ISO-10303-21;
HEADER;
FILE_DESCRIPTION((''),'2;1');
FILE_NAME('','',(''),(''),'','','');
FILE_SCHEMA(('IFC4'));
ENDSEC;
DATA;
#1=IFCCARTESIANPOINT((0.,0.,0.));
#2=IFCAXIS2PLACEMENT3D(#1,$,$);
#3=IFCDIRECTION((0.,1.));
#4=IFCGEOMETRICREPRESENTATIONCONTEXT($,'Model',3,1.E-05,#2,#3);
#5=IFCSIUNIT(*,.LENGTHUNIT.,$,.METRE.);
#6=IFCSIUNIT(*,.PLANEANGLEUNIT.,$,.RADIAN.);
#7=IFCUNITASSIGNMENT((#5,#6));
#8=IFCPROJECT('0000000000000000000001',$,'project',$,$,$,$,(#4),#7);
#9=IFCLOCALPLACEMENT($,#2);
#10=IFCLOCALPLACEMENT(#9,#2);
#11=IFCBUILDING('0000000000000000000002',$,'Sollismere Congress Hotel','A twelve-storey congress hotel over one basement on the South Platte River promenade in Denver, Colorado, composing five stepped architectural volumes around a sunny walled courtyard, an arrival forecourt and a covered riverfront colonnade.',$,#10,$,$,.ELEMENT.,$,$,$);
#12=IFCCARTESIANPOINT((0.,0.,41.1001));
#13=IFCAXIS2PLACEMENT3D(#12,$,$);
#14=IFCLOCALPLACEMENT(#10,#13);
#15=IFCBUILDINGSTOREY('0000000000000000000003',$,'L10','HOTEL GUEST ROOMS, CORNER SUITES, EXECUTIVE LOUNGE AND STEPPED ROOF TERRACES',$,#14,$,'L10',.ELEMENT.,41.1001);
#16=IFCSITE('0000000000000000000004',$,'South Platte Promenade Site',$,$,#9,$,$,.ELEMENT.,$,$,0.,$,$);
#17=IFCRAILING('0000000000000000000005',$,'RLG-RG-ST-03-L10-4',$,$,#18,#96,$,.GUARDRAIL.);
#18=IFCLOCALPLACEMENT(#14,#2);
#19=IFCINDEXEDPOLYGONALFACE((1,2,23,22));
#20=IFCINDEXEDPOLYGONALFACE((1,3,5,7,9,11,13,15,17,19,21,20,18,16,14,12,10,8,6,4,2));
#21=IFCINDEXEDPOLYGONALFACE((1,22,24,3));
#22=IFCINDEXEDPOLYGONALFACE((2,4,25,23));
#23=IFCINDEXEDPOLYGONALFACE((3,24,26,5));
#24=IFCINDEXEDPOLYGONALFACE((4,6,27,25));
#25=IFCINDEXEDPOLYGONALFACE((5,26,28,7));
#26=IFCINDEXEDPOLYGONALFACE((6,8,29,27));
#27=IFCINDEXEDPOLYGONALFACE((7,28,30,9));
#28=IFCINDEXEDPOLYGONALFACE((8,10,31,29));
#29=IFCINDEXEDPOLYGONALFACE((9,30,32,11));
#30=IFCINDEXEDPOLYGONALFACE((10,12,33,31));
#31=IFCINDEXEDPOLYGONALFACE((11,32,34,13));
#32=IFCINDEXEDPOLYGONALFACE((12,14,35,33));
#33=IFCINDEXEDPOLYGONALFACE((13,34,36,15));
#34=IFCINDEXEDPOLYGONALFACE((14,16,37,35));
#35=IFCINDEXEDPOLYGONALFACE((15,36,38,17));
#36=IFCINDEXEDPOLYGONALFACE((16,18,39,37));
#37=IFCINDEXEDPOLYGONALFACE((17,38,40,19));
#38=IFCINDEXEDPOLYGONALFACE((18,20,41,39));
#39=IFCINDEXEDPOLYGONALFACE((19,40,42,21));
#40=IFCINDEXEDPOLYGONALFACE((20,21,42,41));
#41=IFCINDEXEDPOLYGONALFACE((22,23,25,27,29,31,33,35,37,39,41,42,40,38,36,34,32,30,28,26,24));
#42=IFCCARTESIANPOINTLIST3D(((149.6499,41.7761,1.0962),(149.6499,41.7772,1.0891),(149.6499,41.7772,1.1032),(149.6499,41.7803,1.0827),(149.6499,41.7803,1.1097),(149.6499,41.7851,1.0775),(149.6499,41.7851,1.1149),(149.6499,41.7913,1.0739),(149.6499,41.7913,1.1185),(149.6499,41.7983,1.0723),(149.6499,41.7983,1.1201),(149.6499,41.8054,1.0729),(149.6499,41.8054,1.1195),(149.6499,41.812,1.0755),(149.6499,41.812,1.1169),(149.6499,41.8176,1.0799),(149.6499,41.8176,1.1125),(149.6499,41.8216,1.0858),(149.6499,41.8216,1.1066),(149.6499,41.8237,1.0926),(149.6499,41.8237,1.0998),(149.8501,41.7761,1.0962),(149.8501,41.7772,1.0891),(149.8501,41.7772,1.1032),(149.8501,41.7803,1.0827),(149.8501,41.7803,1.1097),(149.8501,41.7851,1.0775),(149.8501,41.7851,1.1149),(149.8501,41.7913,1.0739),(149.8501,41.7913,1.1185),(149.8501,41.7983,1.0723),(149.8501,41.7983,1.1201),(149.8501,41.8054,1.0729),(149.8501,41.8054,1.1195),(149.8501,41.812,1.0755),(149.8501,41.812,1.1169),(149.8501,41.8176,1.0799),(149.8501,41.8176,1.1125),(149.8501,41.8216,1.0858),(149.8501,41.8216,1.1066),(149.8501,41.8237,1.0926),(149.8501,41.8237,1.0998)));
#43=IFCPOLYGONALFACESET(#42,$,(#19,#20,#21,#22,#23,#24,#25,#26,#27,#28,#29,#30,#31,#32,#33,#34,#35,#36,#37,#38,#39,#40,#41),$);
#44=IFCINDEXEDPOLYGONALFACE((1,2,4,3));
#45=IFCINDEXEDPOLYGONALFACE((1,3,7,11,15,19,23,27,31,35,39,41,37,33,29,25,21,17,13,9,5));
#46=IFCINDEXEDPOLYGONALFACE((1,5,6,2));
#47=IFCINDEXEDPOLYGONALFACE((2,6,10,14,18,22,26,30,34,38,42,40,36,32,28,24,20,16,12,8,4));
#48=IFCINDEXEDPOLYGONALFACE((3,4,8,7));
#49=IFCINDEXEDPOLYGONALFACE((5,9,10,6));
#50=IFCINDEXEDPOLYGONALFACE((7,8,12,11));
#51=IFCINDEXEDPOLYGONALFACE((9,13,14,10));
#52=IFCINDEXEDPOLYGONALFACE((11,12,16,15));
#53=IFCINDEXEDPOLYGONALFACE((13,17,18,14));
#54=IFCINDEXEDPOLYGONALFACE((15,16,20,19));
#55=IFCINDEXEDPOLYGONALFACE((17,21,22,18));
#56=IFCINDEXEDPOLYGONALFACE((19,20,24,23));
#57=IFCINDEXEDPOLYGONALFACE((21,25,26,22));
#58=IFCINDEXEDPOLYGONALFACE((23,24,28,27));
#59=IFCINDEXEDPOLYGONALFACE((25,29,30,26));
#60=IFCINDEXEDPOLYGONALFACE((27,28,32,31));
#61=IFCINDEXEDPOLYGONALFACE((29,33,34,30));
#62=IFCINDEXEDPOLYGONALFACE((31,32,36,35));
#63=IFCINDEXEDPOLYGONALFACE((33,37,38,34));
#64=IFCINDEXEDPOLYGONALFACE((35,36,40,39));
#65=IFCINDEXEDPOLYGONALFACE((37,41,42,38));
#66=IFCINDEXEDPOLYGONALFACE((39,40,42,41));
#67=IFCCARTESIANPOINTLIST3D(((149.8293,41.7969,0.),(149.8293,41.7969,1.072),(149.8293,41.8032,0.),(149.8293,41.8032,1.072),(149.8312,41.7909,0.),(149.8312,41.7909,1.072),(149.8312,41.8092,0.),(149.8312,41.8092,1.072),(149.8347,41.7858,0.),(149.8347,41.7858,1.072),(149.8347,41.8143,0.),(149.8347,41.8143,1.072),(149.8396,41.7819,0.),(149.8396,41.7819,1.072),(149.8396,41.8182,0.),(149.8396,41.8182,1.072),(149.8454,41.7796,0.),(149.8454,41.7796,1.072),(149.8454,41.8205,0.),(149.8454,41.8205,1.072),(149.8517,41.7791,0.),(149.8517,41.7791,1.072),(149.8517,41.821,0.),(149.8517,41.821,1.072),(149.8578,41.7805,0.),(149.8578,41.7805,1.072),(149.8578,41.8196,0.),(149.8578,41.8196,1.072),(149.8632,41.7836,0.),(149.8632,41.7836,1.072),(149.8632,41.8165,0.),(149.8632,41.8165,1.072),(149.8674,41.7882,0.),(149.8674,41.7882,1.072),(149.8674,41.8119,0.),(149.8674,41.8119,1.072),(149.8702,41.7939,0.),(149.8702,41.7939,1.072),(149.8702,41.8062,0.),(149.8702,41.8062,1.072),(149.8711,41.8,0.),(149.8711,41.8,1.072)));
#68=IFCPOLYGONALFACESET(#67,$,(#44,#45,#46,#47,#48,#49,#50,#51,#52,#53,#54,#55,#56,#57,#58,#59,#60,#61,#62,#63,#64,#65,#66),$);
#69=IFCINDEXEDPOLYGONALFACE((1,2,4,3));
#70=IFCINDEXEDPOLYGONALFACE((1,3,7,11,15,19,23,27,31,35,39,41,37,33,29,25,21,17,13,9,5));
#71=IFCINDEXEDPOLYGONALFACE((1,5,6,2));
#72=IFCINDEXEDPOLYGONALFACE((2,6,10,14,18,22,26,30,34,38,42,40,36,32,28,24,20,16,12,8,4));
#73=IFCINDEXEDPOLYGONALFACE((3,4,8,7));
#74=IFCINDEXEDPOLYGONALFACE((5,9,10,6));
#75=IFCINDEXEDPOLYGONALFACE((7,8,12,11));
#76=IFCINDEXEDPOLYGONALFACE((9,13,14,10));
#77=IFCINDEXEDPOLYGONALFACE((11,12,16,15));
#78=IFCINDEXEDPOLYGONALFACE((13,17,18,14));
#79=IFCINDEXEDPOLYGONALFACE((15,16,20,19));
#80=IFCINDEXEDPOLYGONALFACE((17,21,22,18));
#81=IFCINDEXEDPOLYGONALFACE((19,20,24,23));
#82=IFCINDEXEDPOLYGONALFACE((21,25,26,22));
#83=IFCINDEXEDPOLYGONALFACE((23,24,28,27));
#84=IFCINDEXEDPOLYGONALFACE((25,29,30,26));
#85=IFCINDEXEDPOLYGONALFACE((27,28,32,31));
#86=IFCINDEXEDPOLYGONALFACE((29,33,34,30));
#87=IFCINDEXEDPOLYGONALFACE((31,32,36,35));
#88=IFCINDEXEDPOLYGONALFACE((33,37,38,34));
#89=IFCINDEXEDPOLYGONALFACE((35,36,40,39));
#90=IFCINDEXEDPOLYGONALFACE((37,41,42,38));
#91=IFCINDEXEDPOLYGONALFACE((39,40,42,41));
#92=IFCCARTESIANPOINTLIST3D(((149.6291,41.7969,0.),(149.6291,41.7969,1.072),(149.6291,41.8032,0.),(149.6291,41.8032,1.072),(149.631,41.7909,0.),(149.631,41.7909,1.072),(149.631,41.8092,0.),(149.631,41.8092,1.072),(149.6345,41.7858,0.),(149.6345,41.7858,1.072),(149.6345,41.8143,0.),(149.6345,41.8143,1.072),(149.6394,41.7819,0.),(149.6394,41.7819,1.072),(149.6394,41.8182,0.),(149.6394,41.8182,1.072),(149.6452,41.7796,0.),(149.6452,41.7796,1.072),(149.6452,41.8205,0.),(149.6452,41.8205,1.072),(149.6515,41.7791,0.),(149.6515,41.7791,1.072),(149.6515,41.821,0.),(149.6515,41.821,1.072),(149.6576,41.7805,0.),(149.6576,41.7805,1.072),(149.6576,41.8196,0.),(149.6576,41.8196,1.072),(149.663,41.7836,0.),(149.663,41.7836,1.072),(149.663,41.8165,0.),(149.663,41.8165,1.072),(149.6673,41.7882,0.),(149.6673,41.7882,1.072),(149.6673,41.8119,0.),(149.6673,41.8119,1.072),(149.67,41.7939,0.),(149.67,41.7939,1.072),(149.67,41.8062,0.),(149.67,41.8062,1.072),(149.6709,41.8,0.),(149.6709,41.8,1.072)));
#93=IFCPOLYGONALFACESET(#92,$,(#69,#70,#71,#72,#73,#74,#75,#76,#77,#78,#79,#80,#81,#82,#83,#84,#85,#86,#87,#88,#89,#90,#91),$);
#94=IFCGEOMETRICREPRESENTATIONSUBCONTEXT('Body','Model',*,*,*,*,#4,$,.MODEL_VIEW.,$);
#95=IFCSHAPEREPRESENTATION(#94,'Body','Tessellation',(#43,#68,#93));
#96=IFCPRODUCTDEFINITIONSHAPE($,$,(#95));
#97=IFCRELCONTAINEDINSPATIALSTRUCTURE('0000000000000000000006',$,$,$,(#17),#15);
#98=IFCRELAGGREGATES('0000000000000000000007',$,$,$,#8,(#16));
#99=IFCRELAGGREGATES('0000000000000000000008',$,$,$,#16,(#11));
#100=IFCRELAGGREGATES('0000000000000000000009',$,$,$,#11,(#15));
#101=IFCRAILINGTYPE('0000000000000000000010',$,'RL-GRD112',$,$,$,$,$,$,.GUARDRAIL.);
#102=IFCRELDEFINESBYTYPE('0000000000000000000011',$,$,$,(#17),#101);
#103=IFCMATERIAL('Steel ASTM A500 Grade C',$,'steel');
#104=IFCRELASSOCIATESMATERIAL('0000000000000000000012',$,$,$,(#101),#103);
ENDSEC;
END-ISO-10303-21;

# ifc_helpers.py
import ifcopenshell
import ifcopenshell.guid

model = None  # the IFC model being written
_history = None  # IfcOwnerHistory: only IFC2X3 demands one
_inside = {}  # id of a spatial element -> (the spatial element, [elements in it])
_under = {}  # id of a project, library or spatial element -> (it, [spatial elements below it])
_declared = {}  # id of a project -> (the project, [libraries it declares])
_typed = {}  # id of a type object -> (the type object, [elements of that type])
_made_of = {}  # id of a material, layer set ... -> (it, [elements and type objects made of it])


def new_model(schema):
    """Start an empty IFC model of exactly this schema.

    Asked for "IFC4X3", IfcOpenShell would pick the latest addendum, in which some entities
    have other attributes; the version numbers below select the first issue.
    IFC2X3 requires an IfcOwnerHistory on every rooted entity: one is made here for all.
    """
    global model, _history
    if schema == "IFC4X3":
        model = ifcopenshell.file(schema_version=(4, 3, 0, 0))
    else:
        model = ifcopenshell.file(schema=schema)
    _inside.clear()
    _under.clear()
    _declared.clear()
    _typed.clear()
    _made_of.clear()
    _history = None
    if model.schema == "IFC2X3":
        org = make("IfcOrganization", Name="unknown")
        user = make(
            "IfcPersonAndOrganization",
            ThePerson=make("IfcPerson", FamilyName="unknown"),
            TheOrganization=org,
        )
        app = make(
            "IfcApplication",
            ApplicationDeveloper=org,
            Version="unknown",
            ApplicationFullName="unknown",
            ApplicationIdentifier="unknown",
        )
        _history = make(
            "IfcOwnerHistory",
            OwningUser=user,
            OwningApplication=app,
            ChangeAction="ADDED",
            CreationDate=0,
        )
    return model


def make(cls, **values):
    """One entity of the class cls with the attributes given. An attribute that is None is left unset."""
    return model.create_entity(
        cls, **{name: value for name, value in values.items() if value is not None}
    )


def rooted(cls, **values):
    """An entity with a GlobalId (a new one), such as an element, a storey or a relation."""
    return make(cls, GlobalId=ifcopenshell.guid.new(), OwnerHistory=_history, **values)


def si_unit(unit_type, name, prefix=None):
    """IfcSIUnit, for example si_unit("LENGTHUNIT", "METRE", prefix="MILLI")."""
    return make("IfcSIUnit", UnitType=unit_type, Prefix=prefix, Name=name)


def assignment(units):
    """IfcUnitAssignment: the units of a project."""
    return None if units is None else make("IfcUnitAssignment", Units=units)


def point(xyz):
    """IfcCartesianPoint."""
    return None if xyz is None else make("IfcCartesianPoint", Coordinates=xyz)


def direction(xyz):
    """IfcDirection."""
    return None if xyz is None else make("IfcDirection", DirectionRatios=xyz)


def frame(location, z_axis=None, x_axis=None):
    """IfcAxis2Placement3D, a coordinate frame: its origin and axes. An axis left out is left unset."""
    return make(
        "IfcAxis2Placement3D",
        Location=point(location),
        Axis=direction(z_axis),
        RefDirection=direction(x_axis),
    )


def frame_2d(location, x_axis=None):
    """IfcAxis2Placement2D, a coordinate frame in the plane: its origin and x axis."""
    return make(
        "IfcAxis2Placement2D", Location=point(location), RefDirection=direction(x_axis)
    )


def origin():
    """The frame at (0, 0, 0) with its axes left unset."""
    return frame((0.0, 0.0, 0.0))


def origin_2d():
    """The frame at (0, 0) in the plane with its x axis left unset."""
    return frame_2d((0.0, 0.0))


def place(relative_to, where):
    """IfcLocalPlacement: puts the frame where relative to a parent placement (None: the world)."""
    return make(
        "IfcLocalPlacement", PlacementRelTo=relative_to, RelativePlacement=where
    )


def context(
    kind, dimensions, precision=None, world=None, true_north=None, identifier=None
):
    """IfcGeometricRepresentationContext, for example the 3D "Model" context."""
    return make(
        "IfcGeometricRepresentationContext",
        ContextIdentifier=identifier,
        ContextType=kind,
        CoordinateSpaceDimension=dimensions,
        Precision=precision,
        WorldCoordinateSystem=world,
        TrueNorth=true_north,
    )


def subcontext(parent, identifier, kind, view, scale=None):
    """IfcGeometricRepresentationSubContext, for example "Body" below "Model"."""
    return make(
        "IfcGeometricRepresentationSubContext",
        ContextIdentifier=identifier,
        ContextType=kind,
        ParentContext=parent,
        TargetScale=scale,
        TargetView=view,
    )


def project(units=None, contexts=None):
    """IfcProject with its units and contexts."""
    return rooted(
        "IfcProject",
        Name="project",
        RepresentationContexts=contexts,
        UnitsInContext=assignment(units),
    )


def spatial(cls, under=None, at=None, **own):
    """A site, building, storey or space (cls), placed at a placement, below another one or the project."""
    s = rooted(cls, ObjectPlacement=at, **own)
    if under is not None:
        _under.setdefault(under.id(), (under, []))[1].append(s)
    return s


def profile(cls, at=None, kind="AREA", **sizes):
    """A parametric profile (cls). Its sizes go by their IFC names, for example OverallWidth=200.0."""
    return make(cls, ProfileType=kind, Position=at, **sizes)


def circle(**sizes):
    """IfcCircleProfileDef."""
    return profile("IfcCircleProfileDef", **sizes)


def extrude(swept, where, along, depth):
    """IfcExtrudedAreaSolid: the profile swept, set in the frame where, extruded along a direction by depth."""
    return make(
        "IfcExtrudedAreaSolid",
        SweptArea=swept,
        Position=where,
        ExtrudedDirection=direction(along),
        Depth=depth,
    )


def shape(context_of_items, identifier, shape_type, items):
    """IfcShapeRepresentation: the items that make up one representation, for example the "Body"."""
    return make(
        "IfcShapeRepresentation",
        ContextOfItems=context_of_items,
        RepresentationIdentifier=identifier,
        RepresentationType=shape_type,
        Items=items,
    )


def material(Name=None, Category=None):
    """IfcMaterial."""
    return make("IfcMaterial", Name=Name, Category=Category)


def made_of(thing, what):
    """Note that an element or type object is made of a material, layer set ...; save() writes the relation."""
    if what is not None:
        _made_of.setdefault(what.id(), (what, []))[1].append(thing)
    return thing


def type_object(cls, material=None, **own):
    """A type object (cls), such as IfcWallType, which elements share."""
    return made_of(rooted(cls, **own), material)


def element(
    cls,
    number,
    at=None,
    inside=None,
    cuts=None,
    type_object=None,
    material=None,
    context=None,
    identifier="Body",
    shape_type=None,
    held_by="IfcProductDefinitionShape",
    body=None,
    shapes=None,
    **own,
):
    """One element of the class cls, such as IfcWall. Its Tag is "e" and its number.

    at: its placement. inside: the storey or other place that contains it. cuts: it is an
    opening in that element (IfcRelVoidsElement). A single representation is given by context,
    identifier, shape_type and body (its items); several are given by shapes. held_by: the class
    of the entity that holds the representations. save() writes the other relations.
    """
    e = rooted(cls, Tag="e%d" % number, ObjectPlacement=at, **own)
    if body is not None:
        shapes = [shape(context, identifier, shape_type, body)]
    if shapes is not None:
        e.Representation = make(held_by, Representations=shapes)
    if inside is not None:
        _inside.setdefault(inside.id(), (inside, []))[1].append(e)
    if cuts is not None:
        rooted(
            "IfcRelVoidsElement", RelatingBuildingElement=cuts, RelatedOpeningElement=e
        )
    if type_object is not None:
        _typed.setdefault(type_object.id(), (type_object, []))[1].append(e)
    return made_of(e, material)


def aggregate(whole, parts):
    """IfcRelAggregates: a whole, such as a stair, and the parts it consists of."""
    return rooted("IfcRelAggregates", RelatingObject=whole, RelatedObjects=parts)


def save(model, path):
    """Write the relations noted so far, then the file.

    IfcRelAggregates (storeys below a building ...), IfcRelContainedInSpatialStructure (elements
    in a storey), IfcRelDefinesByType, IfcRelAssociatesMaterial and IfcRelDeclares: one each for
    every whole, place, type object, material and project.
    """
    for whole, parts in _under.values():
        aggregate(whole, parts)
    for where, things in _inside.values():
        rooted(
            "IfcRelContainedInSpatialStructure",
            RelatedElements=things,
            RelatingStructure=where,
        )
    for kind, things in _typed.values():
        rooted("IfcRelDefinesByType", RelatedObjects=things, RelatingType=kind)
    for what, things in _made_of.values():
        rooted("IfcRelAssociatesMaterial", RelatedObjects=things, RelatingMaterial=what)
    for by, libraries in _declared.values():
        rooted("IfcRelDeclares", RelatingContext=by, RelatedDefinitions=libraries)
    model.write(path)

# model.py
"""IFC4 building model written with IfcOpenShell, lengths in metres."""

from ifc_helpers import new_model, si_unit, direction, frame, origin, origin_2d, place, context, subcontext, project, spatial, circle, extrude, material, type_object, element, save


model = new_model("IFC4")

# Units and contexts
model_context = context("Model", 3, precision=1e-05, world=origin(), true_north=direction((0.0, 1.0)))
body_context = subcontext(model_context, "Body", "Model", "MODEL_VIEW")
ifc_project = project(units=[si_unit("LENGTHUNIT", "METRE"), si_unit("PLANEANGLEUNIT", "RADIAN")], contexts=[model_context])

# Site, building, storey
site_placement = place(None, origin())
site = spatial("IfcSite", under=ifc_project, at=site_placement, Name="South Platte Promenade Site", CompositionType="ELEMENT", RefElevation=0.0)
building_placement = place(site_placement, origin())
building = spatial("IfcBuilding", under=site, at=building_placement, Name="Sollismere Congress Hotel", Description="A twelve-storey congress hotel over one basement on the South Platte River promenade in Denver, Colorado, composing five stepped architectural volumes around a sunny walled courtyard, an arrival forecourt and a covered riverfront colonnade.", CompositionType="ELEMENT")
storey_placement = place(building_placement, frame((0.0, 0.0, 41.1001)))
storey = spatial("IfcBuildingStorey", under=building, at=storey_placement, Name="L10", Description="HOTEL GUEST ROOMS, CORNER SUITES, EXECUTIVE LOUNGE AND STEPPED ROOF TERRACES", LongName="L10", CompositionType="ELEMENT", Elevation=41.1001)

# Railing
ifc_material_1 = material(Name="Steel ASTM A500 Grade C", Category="steel")
railing_type_1 = type_object("IfcRailingType", Name="RL-GRD112", PredefinedType="GUARDRAIL", material=ifc_material_1)
railing_1_placement = place(storey_placement, frame((149.8501, 41.8, 0.0)))
element("IfcRailing", 1, at=railing_1_placement, inside=storey, type_object=railing_type_1, Name="RLG-RG-ST-03-L10-4", PredefinedType="GUARDRAIL", context=body_context, shape_type="SweptSolid", body=[
    extrude(circle(Radius=0.0239, at=origin_2d()), frame((0.0, 0.0, 1.0962), z_axis=(-1.0, 0.0, 0.0), x_axis=(0.0, -1.0, 0.0)), (0.0, 0.0, 1.0), 0.2002),
    extrude(circle(Radius=0.021, at=origin_2d()), origin(), (0.0, 0.0, 1.0), 1.072),
    extrude(circle(Radius=0.021, at=origin_2d()), frame((-0.2002, 0.0, 0.0)), (0.0, 0.0, 1.0), 1.072),
])

save(model, "model.ifc")
